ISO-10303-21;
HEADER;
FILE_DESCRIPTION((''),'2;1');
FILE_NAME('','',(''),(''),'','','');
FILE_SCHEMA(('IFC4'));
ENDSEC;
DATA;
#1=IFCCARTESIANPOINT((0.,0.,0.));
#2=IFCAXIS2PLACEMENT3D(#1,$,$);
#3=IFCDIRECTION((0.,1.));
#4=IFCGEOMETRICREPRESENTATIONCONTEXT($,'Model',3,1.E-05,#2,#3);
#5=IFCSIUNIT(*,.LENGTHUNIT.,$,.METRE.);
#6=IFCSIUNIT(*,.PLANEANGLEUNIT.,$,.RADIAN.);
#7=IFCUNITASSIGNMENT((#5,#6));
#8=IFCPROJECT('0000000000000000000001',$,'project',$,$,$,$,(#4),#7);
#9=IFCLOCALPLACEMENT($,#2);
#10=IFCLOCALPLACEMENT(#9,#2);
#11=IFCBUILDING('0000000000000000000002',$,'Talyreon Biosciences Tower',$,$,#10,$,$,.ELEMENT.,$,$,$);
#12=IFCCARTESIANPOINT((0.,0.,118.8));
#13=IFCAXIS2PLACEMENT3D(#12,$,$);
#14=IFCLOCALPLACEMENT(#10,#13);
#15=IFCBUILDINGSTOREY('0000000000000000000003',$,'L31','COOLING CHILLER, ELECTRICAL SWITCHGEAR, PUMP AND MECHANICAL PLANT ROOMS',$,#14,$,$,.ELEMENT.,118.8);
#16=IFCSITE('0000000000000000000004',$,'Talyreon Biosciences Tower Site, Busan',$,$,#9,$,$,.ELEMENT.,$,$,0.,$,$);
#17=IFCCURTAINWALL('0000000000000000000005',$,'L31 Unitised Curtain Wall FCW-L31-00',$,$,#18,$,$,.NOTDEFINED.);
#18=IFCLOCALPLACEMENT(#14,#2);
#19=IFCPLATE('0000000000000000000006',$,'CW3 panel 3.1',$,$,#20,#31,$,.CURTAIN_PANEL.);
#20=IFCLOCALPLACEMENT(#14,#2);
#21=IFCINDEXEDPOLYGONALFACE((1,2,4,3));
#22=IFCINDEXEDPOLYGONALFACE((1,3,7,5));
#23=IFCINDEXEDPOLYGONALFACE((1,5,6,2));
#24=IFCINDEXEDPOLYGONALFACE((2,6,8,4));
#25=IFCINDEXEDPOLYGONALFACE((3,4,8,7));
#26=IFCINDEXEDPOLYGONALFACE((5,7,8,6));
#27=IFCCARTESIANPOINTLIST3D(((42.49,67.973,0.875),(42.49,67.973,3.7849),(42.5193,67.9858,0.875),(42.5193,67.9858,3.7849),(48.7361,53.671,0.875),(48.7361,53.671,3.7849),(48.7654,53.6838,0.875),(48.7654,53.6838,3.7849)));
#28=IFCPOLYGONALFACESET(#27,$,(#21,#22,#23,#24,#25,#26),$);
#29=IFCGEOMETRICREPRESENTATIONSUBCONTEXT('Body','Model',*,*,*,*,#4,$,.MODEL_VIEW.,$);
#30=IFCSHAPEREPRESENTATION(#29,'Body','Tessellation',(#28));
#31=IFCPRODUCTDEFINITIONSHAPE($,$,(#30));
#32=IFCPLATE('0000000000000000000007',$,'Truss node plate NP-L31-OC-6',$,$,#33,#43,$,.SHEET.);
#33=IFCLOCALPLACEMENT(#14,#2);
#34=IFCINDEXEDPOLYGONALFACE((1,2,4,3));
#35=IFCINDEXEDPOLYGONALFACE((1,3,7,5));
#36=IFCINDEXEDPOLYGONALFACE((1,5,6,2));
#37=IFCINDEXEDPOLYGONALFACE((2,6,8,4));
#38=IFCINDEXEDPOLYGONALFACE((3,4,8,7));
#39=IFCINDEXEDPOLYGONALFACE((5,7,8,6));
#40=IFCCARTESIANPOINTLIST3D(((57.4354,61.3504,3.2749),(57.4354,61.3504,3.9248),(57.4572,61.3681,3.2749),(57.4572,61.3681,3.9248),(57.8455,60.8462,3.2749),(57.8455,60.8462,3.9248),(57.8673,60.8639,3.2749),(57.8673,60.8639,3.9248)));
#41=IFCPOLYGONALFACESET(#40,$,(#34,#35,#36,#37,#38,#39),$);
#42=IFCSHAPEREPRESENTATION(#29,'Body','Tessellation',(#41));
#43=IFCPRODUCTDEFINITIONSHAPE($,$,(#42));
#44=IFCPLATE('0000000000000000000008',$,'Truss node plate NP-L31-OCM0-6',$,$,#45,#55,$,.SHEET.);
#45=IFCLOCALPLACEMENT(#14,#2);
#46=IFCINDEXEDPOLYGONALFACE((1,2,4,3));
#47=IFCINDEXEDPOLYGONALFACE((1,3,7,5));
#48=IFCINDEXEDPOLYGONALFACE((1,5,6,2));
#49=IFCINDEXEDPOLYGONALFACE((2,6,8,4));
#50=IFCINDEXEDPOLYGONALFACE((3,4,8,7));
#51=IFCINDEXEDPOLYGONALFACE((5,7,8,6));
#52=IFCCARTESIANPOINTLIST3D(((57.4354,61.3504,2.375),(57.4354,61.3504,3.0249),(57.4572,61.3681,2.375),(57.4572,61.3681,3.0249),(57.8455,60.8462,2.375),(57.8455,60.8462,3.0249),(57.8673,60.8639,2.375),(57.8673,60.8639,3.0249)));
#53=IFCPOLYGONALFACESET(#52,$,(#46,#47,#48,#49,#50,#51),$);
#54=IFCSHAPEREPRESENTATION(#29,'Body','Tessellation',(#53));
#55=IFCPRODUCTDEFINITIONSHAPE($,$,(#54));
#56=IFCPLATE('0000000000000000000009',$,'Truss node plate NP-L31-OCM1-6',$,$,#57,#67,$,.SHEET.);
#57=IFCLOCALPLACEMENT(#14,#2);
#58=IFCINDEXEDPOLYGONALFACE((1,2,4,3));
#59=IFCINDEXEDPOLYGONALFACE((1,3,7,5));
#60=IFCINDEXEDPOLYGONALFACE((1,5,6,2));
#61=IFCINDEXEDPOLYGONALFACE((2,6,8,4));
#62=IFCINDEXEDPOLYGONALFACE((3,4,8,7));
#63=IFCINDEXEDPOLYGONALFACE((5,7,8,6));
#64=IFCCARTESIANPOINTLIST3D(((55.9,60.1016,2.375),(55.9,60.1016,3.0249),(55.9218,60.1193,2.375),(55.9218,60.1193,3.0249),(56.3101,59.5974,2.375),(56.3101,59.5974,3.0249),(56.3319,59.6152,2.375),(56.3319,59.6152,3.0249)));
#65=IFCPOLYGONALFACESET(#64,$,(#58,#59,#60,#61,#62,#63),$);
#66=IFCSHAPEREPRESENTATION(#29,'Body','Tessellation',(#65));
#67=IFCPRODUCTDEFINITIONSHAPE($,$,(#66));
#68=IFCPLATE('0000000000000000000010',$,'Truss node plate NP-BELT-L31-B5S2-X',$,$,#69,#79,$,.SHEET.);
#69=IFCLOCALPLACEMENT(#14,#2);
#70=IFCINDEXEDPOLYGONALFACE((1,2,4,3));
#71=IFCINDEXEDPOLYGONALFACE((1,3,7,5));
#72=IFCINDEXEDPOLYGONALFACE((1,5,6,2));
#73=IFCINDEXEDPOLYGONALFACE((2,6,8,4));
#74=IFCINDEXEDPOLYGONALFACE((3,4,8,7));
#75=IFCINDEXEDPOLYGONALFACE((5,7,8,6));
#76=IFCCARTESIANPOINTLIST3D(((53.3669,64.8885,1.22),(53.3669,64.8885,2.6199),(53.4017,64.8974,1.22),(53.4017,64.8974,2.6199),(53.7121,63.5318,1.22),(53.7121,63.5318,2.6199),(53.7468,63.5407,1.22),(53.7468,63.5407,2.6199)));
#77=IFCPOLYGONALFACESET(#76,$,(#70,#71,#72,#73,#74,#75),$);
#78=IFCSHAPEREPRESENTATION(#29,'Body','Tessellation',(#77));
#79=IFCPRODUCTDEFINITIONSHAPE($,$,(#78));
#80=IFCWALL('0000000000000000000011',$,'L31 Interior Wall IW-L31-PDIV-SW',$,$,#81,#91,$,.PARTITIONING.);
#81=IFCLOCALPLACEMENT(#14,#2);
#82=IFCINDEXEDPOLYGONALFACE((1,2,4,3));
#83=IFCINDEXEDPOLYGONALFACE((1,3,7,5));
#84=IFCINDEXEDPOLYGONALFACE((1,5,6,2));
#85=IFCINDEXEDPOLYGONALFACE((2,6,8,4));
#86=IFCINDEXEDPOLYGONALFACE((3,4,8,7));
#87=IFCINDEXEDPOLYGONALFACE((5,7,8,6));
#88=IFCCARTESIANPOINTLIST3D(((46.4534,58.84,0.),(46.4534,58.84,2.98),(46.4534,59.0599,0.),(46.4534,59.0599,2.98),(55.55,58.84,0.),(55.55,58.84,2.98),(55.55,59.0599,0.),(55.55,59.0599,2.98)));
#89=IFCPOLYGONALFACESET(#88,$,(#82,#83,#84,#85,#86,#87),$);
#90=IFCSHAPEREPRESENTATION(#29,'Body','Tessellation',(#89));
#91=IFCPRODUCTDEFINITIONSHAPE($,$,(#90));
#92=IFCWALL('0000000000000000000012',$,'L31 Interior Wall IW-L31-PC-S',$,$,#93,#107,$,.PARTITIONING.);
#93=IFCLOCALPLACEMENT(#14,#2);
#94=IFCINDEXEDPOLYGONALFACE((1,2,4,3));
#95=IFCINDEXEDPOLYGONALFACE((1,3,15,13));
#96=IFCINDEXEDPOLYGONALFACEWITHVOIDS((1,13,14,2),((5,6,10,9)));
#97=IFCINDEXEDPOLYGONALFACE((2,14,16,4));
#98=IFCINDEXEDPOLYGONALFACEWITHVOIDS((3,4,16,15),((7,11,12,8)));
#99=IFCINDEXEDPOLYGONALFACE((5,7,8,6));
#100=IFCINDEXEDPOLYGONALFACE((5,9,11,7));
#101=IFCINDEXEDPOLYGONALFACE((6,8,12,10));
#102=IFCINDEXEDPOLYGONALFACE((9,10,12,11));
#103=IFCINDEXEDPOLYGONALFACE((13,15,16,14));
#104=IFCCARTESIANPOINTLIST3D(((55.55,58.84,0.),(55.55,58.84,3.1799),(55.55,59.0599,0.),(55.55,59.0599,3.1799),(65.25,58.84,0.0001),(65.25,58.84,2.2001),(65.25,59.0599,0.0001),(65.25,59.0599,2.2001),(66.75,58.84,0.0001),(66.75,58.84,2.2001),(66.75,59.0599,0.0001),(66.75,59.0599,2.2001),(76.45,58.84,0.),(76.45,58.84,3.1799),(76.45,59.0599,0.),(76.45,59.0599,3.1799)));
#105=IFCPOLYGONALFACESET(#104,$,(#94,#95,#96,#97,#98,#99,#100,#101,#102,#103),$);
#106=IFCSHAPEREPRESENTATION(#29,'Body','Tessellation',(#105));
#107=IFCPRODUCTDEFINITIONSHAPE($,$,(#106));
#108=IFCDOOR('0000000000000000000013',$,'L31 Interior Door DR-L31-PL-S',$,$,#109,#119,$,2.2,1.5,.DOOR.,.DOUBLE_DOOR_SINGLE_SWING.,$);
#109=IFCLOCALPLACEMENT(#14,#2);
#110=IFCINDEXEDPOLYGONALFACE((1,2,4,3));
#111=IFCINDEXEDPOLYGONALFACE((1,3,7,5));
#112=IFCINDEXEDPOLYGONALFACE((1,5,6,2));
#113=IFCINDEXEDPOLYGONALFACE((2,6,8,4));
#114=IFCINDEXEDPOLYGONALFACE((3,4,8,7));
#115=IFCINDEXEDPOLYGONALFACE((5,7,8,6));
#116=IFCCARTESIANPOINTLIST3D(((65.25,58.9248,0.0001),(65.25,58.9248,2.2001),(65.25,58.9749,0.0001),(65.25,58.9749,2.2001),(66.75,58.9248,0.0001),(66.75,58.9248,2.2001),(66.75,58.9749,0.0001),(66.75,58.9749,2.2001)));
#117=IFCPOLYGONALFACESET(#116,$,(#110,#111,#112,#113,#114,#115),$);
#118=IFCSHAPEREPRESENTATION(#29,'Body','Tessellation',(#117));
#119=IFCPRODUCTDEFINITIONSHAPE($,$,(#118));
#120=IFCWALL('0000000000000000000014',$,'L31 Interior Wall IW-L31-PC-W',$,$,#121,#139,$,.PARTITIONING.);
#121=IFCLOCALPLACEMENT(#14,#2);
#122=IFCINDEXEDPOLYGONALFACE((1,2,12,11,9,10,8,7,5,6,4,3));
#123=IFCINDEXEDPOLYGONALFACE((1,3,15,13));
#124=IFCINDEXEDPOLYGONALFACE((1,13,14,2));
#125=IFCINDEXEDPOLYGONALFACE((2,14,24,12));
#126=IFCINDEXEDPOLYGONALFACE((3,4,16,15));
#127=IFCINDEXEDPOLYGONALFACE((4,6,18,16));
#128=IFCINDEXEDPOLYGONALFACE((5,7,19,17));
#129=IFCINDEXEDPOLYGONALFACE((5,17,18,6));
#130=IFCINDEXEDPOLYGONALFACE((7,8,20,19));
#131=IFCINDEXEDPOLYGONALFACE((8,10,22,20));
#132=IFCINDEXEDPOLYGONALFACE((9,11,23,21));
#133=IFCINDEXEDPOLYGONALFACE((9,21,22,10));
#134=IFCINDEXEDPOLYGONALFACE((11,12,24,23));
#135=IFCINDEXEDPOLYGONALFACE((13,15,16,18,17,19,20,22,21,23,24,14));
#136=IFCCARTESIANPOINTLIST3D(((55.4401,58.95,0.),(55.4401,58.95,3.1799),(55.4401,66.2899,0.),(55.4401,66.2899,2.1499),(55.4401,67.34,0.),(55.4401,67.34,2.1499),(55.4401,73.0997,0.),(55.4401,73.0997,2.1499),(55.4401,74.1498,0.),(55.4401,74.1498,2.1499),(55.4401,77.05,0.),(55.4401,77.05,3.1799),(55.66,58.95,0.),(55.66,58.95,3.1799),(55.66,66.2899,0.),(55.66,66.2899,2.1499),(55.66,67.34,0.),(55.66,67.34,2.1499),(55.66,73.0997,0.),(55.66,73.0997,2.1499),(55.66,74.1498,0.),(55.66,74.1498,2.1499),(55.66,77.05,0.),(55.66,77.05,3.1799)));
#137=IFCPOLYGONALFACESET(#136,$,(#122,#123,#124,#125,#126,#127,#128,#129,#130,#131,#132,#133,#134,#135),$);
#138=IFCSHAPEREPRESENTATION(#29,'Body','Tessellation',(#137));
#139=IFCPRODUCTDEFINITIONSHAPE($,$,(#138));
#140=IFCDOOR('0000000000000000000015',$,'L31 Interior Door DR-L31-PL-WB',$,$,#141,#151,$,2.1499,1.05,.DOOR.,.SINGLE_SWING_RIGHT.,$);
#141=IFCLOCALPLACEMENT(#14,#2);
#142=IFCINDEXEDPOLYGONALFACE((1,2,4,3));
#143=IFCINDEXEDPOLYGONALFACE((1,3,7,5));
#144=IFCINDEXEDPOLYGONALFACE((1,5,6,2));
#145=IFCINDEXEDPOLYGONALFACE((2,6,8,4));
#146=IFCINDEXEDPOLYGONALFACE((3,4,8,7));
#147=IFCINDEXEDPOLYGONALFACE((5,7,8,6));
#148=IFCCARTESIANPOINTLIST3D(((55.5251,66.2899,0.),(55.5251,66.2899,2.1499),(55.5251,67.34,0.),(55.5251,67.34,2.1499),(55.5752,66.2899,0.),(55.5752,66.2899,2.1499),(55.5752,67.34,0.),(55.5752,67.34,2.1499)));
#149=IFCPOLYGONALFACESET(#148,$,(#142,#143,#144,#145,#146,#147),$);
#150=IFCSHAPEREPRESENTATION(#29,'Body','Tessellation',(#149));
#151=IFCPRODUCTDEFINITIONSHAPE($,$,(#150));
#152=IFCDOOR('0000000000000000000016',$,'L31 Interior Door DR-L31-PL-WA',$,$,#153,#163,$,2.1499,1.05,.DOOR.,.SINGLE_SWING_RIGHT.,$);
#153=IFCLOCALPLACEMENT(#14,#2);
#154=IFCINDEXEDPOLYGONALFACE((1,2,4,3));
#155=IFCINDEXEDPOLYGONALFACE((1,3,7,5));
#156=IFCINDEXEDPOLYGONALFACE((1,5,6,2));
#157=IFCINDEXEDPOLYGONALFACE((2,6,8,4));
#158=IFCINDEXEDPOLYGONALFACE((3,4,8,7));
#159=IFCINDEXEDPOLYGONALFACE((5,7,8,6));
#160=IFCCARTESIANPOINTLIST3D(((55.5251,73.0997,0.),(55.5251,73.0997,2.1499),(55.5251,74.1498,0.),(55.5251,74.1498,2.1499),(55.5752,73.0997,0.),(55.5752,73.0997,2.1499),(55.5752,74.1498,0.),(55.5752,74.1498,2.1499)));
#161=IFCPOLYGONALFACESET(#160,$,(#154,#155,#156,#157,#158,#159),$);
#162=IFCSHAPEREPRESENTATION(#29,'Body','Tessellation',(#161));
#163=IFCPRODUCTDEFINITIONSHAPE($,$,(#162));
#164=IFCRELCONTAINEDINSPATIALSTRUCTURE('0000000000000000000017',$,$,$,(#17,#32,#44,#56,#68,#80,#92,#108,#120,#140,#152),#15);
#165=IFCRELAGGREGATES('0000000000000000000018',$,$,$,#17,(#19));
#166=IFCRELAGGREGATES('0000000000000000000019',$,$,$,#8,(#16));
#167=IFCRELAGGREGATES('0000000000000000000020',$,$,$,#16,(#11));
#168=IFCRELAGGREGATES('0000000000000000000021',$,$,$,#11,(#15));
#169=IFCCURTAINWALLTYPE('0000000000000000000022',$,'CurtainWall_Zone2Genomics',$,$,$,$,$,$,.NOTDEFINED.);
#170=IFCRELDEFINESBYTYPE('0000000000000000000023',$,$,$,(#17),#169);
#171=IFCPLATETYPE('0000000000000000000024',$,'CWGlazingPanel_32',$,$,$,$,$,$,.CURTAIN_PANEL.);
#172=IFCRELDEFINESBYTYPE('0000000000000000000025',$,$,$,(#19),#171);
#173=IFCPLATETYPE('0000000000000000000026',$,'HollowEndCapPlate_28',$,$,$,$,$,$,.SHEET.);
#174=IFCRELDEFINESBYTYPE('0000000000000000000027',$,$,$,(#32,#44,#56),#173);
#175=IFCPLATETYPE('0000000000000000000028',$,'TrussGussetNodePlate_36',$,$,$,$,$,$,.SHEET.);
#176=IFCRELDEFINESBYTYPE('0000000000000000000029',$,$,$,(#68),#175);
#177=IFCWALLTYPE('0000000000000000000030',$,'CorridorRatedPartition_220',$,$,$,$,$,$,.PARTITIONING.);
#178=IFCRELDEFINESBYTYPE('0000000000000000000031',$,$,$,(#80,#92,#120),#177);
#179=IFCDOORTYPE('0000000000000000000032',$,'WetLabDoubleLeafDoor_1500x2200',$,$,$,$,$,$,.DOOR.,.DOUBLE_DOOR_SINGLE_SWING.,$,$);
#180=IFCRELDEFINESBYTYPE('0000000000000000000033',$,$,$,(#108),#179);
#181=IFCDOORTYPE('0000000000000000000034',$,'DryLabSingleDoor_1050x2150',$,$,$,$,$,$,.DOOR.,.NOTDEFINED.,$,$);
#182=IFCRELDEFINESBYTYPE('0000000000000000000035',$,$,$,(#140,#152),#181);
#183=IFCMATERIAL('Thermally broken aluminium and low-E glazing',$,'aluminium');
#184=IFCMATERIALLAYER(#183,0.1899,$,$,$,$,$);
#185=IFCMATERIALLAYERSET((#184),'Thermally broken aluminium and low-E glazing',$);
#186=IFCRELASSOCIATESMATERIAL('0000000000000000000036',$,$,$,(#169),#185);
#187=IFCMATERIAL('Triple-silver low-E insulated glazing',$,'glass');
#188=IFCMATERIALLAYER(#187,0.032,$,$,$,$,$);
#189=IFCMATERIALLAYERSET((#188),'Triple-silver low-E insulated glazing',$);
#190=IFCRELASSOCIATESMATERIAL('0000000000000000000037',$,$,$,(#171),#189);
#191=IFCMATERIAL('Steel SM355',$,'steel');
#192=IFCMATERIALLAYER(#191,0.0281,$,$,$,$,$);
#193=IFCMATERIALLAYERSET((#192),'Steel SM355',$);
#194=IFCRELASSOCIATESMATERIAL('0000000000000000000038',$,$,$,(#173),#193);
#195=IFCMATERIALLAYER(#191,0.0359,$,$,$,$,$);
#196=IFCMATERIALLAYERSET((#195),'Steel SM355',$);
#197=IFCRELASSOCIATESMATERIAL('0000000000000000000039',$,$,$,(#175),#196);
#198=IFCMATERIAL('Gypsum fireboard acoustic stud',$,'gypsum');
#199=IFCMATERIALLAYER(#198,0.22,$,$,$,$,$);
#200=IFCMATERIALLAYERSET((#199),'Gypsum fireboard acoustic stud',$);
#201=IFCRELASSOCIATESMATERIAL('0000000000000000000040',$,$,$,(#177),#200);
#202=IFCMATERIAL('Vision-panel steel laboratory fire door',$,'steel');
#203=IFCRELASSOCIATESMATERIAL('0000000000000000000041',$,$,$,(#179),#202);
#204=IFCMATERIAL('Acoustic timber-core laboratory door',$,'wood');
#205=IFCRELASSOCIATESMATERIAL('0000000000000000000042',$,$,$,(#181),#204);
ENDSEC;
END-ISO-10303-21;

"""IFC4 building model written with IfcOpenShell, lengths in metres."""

from ifc_helpers import new_model, si_unit, direction, frame, frame_2d, origin, origin_2d, place, context, subcontext, project, spatial, rectangle, extrude, material, layer, layer_set, type_object, element, fill, aggregate, save


model = new_model("IFC4")

# Units and contexts
model_context = context("Model", 3, precision=1e-05, world=origin(), true_north=direction((0.0, 1.0)))
body_context = subcontext(model_context, "Body", "Model", "MODEL_VIEW")
ifc_project = project(units=[si_unit("LENGTHUNIT", "METRE"), si_unit("PLANEANGLEUNIT", "RADIAN")], contexts=[model_context])

# Site, building, storey
site_placement = place(None, origin())
site = spatial("IfcSite", under=ifc_project, at=site_placement, Name="Talyreon Biosciences Tower Site, Busan", CompositionType="ELEMENT", RefElevation=0.0)
building_placement = place(site_placement, origin())
building = spatial("IfcBuilding", under=site, at=building_placement, Name="Talyreon Biosciences Tower", CompositionType="ELEMENT")
storey_placement = place(building_placement, frame((0.0, 0.0, 118.8)))
storey = spatial("IfcBuildingStorey", under=building, at=storey_placement, Name="L31", Description="COOLING CHILLER, ELECTRICAL SWITCHGEAR, PUMP AND MECHANICAL PLANT ROOMS", CompositionType="ELEMENT", Elevation=118.8)

# Shared definitions
ifc_material_1 = material(Name="Steel SM355", Category="steel")

# Curtain wall, plate
ifc_material_2 = material(Name="Thermally broken aluminium and low-E glazing", Category="aluminium")
ifc_layer_1 = layer(ifc_material_2, 0.1899)
ifc_layer_set_1 = layer_set([ifc_layer_1], Name="Thermally broken aluminium and low-E glazing")
curtain_wall_type = type_object("IfcCurtainWallType", Name="CurtainWall_Zone2Genomics", PredefinedType="NOTDEFINED", material=ifc_layer_set_1)
curtain_wall_placement = place(storey_placement, origin())
curtain_wall = element("IfcCurtainWall", 1, at=curtain_wall_placement, inside=storey, type_object=curtain_wall_type, Name="L31 Unitised Curtain Wall FCW-L31-00", PredefinedType="NOTDEFINED")
ifc_material_3 = material(Name="Triple-silver low-E insulated glazing", Category="glass")
ifc_layer_2 = layer(ifc_material_3, 0.032)
ifc_layer_set_2 = layer_set([ifc_layer_2], Name="Triple-silver low-E insulated glazing")
plate_type_1 = type_object("IfcPlateType", Name="CWGlazingPanel_32", PredefinedType="CURTAIN_PANEL", material=ifc_layer_set_2)
plate_1_placement = place(storey_placement, frame((45.6277, 60.8284, 0.875), z_axis=(0.0, 0.0, 1.0), x_axis=(-0.400226, 0.916416, 0.0)))
plate_1 = element("IfcPlate", 2, at=plate_1_placement, type_object=plate_type_1, Name="CW3 panel 3.1", PredefinedType="CURTAIN_PANEL", context=body_context, shape_type="SweptSolid", body=[
    extrude(rectangle(XDim=15.6064, YDim=0.032, at=origin_2d()), origin(), (0.0, 0.0, 1.0), 2.9099),
])
aggregate(curtain_wall, [plate_1])

# Plates
ifc_layer_3 = layer(ifc_material_1, 0.0281)
ifc_layer_set_3 = layer_set([ifc_layer_3], Name="Steel SM355")
plate_type_2 = type_object("IfcPlateType", Name="HollowEndCapPlate_28", PredefinedType="SHEET", material=ifc_layer_set_3)
for number, where, z_axis, x_axis, name in (
    (3, (57.6514, 61.1072, 3.2749), (0.0, 0.0, 1.0), (0.631001, -0.775782, 0.0), "Truss node plate NP-L31-OC-6"),
    (4, (57.6514, 61.1072, 2.375), (0.0, 0.0, 1.0), (0.631001, -0.775782, 0.0), "Truss node plate NP-L31-OCM0-6"),
    (5, (56.116, 59.8584, 2.375), (0.0, 0.0, 1.0), (0.631001, -0.775782, 0.0), "Truss node plate NP-L31-OCM1-6"),
):
    element("IfcPlate", number, at=place(storey_placement, frame(where, z_axis=z_axis, x_axis=x_axis)), inside=storey, type_object=plate_type_2, Name=name, PredefinedType="SHEET", context=body_context, shape_type="SweptSolid", body=[
        extrude(rectangle(XDim=0.6499, YDim=0.0281, at=origin_2d()), origin(), (0.0, 0.0, 1.0), 0.6499),
    ])
ifc_layer_4 = layer(ifc_material_1, 0.0359)
ifc_layer_set_4 = layer_set([ifc_layer_4], Name="Steel SM355")
plate_type_3 = type_object("IfcPlateType", Name="TrussGussetNodePlate_36", PredefinedType="SHEET", material=ifc_layer_set_4)
plate_2_placement = place(storey_placement, frame((53.5569, 64.2146, 1.22), z_axis=(0.0, 0.0, 1.0), x_axis=(0.246542, -0.969132, 0.0)))
element("IfcPlate", 6, at=plate_2_placement, inside=storey, type_object=plate_type_3, Name="Truss node plate NP-BELT-L31-B5S2-X", PredefinedType="SHEET", context=body_context, shape_type="SweptSolid", body=[
    extrude(rectangle(XDim=1.3999, YDim=0.0359, at=origin_2d()), origin(), (0.0, 0.0, 1.0), 1.3999),
])

# Wall
ifc_material_4 = material(Name="Gypsum fireboard acoustic stud", Category="gypsum")
ifc_layer_5 = layer(ifc_material_4, 0.22)
ifc_layer_set_5 = layer_set([ifc_layer_5], Name="Gypsum fireboard acoustic stud")
wall_type_1 = type_object("IfcWallType", Name="CorridorRatedPartition_220", PredefinedType="PARTITIONING", material=ifc_layer_set_5)
wall_1_placement = place(storey_placement, frame((46.4534, 58.95, 0.0), z_axis=(0.0, 0.0, 1.0), x_axis=(1.0, 0.0, 0.0)))
element("IfcWall", 7, at=wall_1_placement, inside=storey, type_object=wall_type_1, Name="L31 Interior Wall IW-L31-PDIV-SW", PredefinedType="PARTITIONING", context=body_context, shape_type="SweptSolid", body=[
    extrude(rectangle(XDim=9.0967, YDim=0.22, at=frame_2d((4.5483, 0.0))), origin(), (0.0, 0.0, 1.0), 2.98),
])

# Wall, opening, door
wall_2_placement = place(storey_placement, frame((55.55, 58.95, 0.0), z_axis=(0.0, 0.0, 1.0), x_axis=(1.0, 0.0, 0.0)))
wall_2 = element("IfcWall", 8, at=wall_2_placement, inside=storey, type_object=wall_type_1, Name="L31 Interior Wall IW-L31-PC-S", PredefinedType="PARTITIONING", context=body_context, shape_type="SweptSolid", body=[
    extrude(rectangle(XDim=20.8999, YDim=0.22, at=frame_2d((10.45, 0.0))), origin(), (0.0, 0.0, 1.0), 3.1799),
])
opening_1_placement = place(wall_2_placement, frame((9.7, 0.0, 0.0)))
opening_1 = element("IfcOpeningElement", 9, at=opening_1_placement, cuts=wall_2, PredefinedType="OPENING", context=body_context, shape_type="SweptSolid", body=[
    extrude(rectangle(XDim=1.5, YDim=2.2, at=frame_2d((0.75, 1.1001))), frame((0.0, 0.1199, 0.0), z_axis=(0.0, -1.0, 0.0), x_axis=(1.0, 0.0, 0.0)), (0.0, 0.0, 1.0), 0.24),
])
ifc_material_5 = material(Name="Vision-panel steel laboratory fire door", Category="steel")
door_type_1 = type_object("IfcDoorType", Name="WetLabDoubleLeafDoor_1500x2200", OperationType="DOUBLE_DOOR_SINGLE_SWING", PredefinedType="DOOR", material=ifc_material_5)
door_1_placement = place(opening_1_placement, origin())
door_1 = element("IfcDoor", 10, at=door_1_placement, inside=storey, type_object=door_type_1, Name="L31 Interior Door DR-L31-PL-S", OperationType="DOUBLE_DOOR_SINGLE_SWING", OverallHeight=2.2, OverallWidth=1.5, PredefinedType="DOOR", context=body_context, shape_type="SweptSolid", body=[
    extrude(rectangle(XDim=1.5, YDim=2.2, at=frame_2d((0.75, 1.1001))), frame((0.0, 0.0249, 0.0), z_axis=(0.0, -1.0, 0.0), x_axis=(1.0, 0.0, 0.0)), (0.0, 0.0, 1.0), 0.05),
])
fill(opening_1, door_1)

# Wall, openings, doors
wall_3_placement = place(storey_placement, frame((55.55, 58.95, 0.0), z_axis=(0.0, 0.0, 1.0), x_axis=(0.0, 1.0, 0.0)))
wall_3 = element("IfcWall", 11, at=wall_3_placement, inside=storey, type_object=wall_type_1, Name="L31 Interior Wall IW-L31-PC-W", PredefinedType="PARTITIONING", context=body_context, shape_type="SweptSolid", body=[
    extrude(rectangle(XDim=18.1001, YDim=0.22, at=frame_2d((9.05, 0.0))), origin(), (0.0, 0.0, 1.0), 3.1799),
])
opening_2_placement = place(wall_3_placement, frame((7.3401, 0.0, 0.0)))
opening_2 = element("IfcOpeningElement", 12, at=opening_2_placement, cuts=wall_3, PredefinedType="OPENING", context=body_context, shape_type="SweptSolid", body=[
    extrude(rectangle(XDim=1.05, YDim=2.1499, at=frame_2d((0.5249, 1.075))), frame((0.0, 0.1199, 0.0), z_axis=(0.0, -1.0, 0.0), x_axis=(1.0, 0.0, 0.0)), (0.0, 0.0, 1.0), 0.24),
])
opening_3_placement = place(wall_3_placement, frame((14.1499, 0.0, 0.0)))
opening_3 = element("IfcOpeningElement", 13, at=opening_3_placement, cuts=wall_3, PredefinedType="OPENING", context=body_context, shape_type="SweptSolid", body=[
    extrude(rectangle(XDim=1.05, YDim=2.1499, at=frame_2d((0.5249, 1.075))), frame((0.0, 0.1199, 0.0), z_axis=(0.0, -1.0, 0.0), x_axis=(1.0, 0.0, 0.0)), (0.0, 0.0, 1.0), 0.24),
])
ifc_material_6 = material(Name="Acoustic timber-core laboratory door", Category="wood")
door_type_2 = type_object("IfcDoorType", Name="DryLabSingleDoor_1050x2150", OperationType="NOTDEFINED", PredefinedType="DOOR", material=ifc_material_6)
door_2_placement = place(opening_2_placement, origin())
door_2 = element("IfcDoor", 14, at=door_2_placement, inside=storey, type_object=door_type_2, Name="L31 Interior Door DR-L31-PL-WB", OperationType="SINGLE_SWING_RIGHT", OverallHeight=2.1499, OverallWidth=1.05, PredefinedType="DOOR", context=body_context, shape_type="SweptSolid", body=[
    extrude(rectangle(XDim=1.05, YDim=2.1499, at=frame_2d((0.5249, 1.075))), frame((0.0, 0.0249, 0.0), z_axis=(0.0, -1.0, 0.0), x_axis=(1.0, 0.0, 0.0)), (0.0, 0.0, 1.0), 0.05),
])
fill(opening_2, door_2)
door_3_placement = place(opening_3_placement, origin())
door_3 = element("IfcDoor", 15, at=door_3_placement, inside=storey, type_object=door_type_2, Name="L31 Interior Door DR-L31-PL-WA", OperationType="SINGLE_SWING_RIGHT", OverallHeight=2.1499, OverallWidth=1.05, PredefinedType="DOOR", context=body_context, shape_type="SweptSolid", body=[
    extrude(rectangle(XDim=1.05, YDim=2.1499, at=frame_2d((0.5249, 1.075))), frame((0.0, 0.0249, 0.0), z_axis=(0.0, -1.0, 0.0), x_axis=(1.0, 0.0, 0.0)), (0.0, 0.0, 1.0), 0.05),
])
fill(opening_3, door_3)

save(model, "model.ifc")
